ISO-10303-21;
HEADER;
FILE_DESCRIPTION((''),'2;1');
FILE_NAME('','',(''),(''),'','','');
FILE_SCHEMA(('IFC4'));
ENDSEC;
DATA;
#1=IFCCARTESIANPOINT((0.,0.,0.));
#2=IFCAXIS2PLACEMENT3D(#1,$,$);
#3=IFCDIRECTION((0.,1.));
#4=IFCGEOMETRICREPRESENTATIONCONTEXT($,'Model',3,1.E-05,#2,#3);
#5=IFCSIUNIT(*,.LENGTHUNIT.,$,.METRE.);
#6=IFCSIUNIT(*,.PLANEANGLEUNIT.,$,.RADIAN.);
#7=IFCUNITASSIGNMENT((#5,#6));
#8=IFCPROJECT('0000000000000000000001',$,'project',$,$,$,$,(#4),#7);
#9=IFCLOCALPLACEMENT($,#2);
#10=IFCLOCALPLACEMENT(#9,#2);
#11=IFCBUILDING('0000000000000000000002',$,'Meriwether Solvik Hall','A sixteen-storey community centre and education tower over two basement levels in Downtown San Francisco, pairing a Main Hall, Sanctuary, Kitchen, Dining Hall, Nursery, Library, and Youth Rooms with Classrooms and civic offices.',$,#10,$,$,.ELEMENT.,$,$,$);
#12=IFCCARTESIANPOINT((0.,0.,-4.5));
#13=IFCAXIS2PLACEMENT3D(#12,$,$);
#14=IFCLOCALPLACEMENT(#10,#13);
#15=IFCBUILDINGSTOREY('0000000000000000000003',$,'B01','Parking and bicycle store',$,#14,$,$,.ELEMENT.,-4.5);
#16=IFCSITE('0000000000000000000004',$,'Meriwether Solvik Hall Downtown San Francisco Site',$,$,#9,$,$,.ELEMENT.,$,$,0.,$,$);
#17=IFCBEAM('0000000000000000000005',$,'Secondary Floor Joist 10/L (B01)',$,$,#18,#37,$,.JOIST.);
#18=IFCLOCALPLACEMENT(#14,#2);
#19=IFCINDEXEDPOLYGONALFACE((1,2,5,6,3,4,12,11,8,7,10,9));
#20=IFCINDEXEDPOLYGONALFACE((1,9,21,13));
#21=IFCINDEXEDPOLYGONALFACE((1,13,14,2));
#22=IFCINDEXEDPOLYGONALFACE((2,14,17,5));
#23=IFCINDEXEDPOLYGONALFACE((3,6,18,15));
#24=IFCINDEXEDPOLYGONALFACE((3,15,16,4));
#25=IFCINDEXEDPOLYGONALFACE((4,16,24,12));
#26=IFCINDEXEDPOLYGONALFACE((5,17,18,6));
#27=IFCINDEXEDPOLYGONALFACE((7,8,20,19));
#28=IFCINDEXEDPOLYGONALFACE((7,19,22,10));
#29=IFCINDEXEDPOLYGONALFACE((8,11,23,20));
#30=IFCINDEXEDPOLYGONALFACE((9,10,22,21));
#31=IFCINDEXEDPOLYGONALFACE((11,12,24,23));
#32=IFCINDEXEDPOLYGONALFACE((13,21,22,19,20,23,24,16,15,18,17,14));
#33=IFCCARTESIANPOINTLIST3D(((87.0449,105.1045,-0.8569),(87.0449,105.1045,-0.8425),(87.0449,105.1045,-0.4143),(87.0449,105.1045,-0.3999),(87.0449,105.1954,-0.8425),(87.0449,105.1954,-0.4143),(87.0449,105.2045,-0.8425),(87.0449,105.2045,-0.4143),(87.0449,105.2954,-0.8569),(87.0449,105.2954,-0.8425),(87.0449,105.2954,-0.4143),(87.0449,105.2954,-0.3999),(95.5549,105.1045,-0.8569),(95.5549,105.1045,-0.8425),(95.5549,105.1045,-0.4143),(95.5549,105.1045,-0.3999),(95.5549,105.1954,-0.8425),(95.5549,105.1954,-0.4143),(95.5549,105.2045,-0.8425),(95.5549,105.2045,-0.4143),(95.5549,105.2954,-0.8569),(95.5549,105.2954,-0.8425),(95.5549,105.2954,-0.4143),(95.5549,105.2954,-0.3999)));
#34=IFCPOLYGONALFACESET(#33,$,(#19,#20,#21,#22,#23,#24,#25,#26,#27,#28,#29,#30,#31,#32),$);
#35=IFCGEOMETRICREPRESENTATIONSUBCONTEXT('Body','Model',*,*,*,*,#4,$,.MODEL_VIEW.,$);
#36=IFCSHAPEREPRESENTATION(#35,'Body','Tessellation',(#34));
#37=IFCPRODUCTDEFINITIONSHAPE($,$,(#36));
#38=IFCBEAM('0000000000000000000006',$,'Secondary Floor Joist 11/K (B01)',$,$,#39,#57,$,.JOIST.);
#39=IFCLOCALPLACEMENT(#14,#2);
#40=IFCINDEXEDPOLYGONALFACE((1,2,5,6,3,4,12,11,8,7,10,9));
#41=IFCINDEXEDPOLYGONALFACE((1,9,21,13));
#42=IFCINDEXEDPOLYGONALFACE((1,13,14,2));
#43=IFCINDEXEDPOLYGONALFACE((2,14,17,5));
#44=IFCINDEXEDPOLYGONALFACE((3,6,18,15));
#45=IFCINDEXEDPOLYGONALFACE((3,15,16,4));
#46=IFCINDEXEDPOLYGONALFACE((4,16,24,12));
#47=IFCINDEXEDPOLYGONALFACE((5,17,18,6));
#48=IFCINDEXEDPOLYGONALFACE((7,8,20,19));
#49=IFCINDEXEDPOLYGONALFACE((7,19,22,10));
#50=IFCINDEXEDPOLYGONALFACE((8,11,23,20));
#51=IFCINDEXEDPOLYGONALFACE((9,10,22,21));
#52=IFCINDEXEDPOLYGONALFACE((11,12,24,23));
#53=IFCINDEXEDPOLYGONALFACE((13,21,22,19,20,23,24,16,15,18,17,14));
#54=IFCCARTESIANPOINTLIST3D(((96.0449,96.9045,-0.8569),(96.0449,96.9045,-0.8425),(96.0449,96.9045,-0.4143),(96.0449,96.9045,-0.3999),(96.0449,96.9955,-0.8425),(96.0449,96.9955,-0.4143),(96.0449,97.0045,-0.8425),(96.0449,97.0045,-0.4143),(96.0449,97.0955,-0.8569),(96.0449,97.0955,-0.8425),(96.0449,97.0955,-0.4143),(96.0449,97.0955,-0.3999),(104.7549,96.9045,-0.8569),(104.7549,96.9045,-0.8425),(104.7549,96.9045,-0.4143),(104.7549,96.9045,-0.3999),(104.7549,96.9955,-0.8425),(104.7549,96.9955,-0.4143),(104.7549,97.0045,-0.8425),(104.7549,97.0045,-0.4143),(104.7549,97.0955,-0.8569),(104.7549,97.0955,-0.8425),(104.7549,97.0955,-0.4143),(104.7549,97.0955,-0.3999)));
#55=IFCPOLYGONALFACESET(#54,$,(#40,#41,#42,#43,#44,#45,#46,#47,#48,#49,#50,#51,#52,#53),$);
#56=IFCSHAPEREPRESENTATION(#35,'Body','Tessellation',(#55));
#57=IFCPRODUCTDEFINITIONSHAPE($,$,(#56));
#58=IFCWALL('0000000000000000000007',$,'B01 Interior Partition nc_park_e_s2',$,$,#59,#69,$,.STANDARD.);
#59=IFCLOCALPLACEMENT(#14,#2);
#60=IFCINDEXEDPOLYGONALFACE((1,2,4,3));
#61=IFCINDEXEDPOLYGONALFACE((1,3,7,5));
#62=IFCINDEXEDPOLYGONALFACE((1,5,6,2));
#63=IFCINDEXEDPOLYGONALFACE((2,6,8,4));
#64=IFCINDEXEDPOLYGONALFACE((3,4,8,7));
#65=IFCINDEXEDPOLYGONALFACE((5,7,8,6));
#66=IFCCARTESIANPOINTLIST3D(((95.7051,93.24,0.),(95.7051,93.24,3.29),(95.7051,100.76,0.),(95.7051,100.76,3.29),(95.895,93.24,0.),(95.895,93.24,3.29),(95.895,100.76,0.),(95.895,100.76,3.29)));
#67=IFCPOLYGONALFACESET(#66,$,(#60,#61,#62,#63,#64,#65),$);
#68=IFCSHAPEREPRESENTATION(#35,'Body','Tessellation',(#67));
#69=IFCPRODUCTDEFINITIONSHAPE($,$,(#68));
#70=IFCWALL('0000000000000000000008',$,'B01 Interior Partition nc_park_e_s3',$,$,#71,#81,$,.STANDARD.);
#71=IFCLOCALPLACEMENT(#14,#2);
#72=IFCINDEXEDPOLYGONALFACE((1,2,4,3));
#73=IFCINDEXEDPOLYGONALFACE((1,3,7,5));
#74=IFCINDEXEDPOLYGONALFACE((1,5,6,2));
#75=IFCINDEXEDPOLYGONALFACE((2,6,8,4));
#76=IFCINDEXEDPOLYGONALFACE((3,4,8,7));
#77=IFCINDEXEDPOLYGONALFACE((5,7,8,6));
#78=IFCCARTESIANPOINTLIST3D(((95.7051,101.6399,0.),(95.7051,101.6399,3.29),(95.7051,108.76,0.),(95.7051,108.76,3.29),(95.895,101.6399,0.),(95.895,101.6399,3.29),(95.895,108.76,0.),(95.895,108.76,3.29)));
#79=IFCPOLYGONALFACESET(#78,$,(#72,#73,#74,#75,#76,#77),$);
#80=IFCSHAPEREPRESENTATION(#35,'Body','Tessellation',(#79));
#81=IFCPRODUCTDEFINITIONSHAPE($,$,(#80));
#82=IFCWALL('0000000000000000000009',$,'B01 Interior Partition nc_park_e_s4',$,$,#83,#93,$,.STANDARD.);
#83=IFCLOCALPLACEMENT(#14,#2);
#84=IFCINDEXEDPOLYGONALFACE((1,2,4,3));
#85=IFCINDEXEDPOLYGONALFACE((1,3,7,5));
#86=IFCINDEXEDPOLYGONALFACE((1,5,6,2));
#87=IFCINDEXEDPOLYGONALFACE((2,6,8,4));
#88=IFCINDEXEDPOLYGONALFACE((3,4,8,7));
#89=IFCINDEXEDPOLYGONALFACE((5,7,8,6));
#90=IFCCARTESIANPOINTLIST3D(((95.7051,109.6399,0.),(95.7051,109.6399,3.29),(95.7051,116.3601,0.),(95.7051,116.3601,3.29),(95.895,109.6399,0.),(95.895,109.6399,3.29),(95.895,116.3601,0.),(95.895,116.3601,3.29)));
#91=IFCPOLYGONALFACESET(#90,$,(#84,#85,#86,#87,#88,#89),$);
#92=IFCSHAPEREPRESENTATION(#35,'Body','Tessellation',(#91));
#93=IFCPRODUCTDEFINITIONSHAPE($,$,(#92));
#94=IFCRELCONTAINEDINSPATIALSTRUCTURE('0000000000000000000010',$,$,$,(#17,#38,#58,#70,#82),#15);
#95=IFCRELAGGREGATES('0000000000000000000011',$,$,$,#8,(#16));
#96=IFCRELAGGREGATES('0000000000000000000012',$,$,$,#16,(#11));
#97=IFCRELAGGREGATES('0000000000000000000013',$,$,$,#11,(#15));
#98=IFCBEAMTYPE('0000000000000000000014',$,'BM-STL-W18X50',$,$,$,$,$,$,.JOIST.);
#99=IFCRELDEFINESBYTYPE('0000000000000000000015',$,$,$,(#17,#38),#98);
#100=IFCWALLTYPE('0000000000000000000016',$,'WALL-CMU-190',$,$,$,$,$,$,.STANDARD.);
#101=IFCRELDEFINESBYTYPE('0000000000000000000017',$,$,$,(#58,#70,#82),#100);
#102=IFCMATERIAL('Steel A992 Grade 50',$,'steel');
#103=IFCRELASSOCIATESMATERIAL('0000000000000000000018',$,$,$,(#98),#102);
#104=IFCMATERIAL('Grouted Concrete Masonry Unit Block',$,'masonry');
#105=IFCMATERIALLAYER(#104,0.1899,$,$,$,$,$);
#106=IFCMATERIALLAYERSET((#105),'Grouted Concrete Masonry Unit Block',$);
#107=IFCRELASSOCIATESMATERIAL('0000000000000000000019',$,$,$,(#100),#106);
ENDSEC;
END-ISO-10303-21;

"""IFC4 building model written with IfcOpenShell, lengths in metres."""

from ifc_helpers import new_model, si_unit, direction, frame, frame_2d, origin, origin_2d, place, context, subcontext, project, spatial, rectangle, i_section, extrude, material, layer, layer_set, material_profile, profile_set, type_object, element, save


model = new_model("IFC4")

# Units and contexts
model_context = context("Model", 3, precision=1e-05, world=origin(), true_north=direction((0.0, 1.0)))
body_context = subcontext(model_context, "Body", "Model", "MODEL_VIEW")
ifc_project = project(units=[si_unit("LENGTHUNIT", "METRE"), si_unit("PLANEANGLEUNIT", "RADIAN")], contexts=[model_context])

# Site, building, storey
site_placement = place(None, origin())
site = spatial("IfcSite", under=ifc_project, at=site_placement, Name="Meriwether Solvik Hall Downtown San Francisco Site", CompositionType="ELEMENT", RefElevation=0.0)
building_placement = place(site_placement, origin())
building = spatial("IfcBuilding", under=site, at=building_placement, Name="Meriwether Solvik Hall", Description="A sixteen-storey community centre and education tower over two basement levels in Downtown San Francisco, pairing a Main Hall, Sanctuary, Kitchen, Dining Hall, Nursery, Library, and Youth Rooms with Classrooms and civic offices.", CompositionType="ELEMENT")
storey_placement = place(building_placement, frame((0.0, 0.0, -4.5)))
storey = spatial("IfcBuildingStorey", under=building, at=storey_placement, Name="B01", Description="Parking and bicycle store", CompositionType="ELEMENT", Elevation=-4.5)

# Beams
ifc_material_1 = material(Name="Steel A992 Grade 50", Category="steel")
ifc_material_profile_1 = material_profile(ifc_material_1, i_section(OverallWidth=0.1909, OverallDepth=0.457, WebThickness=0.009, FlangeThickness=0.0144, at=origin_2d()), Name="W18X50")
ifc_profile_set_1 = profile_set([ifc_material_profile_1], Name="Steel A992 Grade 50")
beam_type_1 = type_object("IfcBeamType", Name="BM-STL-W18X50", PredefinedType="JOIST", material=ifc_profile_set_1)
beam_1_placement = place(storey_placement, frame((87.0449, 105.2, -0.6284), z_axis=(1.0, 0.0, 0.0), x_axis=(0.0, 1.0, 0.0)))
element("IfcBeam", 1, at=beam_1_placement, inside=storey, type_object=beam_type_1, Name="Secondary Floor Joist 10/L (B01)", PredefinedType="JOIST", context=body_context, shape_type="SweptSolid", body=[
    extrude(i_section(OverallWidth=0.1909, OverallDepth=0.457, WebThickness=0.009, FlangeThickness=0.0144, at=origin_2d()), origin(), (0.0, 0.0, 1.0), 8.51),
])
beam_2_placement = place(storey_placement, frame((96.0449, 97.0, -0.6284), z_axis=(1.0, 0.0, 0.0), x_axis=(0.0, 1.0, 0.0)))
element("IfcBeam", 2, at=beam_2_placement, inside=storey, type_object=beam_type_1, Name="Secondary Floor Joist 11/K (B01)", PredefinedType="JOIST", context=body_context, shape_type="SweptSolid", body=[
    extrude(i_section(OverallWidth=0.1909, OverallDepth=0.457, WebThickness=0.009, FlangeThickness=0.0144, at=origin_2d()), origin(), (0.0, 0.0, 1.0), 8.71),
])

# Walls
ifc_material_2 = material(Name="Grouted Concrete Masonry Unit Block", Category="masonry")
ifc_layer = layer(ifc_material_2, 0.1899)
ifc_layer_set = layer_set([ifc_layer], Name="Grouted Concrete Masonry Unit Block")
wall_type = type_object("IfcWallType", Name="WALL-CMU-190", PredefinedType="STANDARD", material=ifc_layer_set)
wall_1_placement = place(storey_placement, frame((95.8, 93.24, 0.0), z_axis=(0.0, 0.0, 1.0), x_axis=(0.0, 1.0, 0.0)))
element("IfcWall", 3, at=wall_1_placement, inside=storey, type_object=wall_type, Name="B01 Interior Partition nc_park_e_s2", PredefinedType="STANDARD", context=body_context, shape_type="SweptSolid", body=[
    extrude(rectangle(XDim=7.52, YDim=0.1899, at=frame_2d((3.76, 0.0))), origin(), (0.0, 0.0, 1.0), 3.29),
])
wall_2_placement = place(storey_placement, frame((95.8, 101.6399, 0.0), z_axis=(0.0, 0.0, 1.0), x_axis=(0.0, 1.0, 0.0)))
element("IfcWall", 4, at=wall_2_placement, inside=storey, type_object=wall_type, Name="B01 Interior Partition nc_park_e_s3", PredefinedType="STANDARD", context=body_context, shape_type="SweptSolid", body=[
    extrude(rectangle(XDim=7.1201, YDim=0.1899, at=frame_2d((3.5601, 0.0))), origin(), (0.0, 0.0, 1.0), 3.29),
])
wall_3_placement = place(storey_placement, frame((95.8, 109.6399, 0.0), z_axis=(0.0, 0.0, 1.0), x_axis=(0.0, 1.0, 0.0)))
element("IfcWall", 5, at=wall_3_placement, inside=storey, type_object=wall_type, Name="B01 Interior Partition nc_park_e_s4", PredefinedType="STANDARD", context=body_context, shape_type="SweptSolid", body=[
    extrude(rectangle(XDim=6.7202, YDim=0.1899, at=frame_2d((3.3601, 0.0))), origin(), (0.0, 0.0, 1.0), 3.29),
])

save(model, "model.ifc")
